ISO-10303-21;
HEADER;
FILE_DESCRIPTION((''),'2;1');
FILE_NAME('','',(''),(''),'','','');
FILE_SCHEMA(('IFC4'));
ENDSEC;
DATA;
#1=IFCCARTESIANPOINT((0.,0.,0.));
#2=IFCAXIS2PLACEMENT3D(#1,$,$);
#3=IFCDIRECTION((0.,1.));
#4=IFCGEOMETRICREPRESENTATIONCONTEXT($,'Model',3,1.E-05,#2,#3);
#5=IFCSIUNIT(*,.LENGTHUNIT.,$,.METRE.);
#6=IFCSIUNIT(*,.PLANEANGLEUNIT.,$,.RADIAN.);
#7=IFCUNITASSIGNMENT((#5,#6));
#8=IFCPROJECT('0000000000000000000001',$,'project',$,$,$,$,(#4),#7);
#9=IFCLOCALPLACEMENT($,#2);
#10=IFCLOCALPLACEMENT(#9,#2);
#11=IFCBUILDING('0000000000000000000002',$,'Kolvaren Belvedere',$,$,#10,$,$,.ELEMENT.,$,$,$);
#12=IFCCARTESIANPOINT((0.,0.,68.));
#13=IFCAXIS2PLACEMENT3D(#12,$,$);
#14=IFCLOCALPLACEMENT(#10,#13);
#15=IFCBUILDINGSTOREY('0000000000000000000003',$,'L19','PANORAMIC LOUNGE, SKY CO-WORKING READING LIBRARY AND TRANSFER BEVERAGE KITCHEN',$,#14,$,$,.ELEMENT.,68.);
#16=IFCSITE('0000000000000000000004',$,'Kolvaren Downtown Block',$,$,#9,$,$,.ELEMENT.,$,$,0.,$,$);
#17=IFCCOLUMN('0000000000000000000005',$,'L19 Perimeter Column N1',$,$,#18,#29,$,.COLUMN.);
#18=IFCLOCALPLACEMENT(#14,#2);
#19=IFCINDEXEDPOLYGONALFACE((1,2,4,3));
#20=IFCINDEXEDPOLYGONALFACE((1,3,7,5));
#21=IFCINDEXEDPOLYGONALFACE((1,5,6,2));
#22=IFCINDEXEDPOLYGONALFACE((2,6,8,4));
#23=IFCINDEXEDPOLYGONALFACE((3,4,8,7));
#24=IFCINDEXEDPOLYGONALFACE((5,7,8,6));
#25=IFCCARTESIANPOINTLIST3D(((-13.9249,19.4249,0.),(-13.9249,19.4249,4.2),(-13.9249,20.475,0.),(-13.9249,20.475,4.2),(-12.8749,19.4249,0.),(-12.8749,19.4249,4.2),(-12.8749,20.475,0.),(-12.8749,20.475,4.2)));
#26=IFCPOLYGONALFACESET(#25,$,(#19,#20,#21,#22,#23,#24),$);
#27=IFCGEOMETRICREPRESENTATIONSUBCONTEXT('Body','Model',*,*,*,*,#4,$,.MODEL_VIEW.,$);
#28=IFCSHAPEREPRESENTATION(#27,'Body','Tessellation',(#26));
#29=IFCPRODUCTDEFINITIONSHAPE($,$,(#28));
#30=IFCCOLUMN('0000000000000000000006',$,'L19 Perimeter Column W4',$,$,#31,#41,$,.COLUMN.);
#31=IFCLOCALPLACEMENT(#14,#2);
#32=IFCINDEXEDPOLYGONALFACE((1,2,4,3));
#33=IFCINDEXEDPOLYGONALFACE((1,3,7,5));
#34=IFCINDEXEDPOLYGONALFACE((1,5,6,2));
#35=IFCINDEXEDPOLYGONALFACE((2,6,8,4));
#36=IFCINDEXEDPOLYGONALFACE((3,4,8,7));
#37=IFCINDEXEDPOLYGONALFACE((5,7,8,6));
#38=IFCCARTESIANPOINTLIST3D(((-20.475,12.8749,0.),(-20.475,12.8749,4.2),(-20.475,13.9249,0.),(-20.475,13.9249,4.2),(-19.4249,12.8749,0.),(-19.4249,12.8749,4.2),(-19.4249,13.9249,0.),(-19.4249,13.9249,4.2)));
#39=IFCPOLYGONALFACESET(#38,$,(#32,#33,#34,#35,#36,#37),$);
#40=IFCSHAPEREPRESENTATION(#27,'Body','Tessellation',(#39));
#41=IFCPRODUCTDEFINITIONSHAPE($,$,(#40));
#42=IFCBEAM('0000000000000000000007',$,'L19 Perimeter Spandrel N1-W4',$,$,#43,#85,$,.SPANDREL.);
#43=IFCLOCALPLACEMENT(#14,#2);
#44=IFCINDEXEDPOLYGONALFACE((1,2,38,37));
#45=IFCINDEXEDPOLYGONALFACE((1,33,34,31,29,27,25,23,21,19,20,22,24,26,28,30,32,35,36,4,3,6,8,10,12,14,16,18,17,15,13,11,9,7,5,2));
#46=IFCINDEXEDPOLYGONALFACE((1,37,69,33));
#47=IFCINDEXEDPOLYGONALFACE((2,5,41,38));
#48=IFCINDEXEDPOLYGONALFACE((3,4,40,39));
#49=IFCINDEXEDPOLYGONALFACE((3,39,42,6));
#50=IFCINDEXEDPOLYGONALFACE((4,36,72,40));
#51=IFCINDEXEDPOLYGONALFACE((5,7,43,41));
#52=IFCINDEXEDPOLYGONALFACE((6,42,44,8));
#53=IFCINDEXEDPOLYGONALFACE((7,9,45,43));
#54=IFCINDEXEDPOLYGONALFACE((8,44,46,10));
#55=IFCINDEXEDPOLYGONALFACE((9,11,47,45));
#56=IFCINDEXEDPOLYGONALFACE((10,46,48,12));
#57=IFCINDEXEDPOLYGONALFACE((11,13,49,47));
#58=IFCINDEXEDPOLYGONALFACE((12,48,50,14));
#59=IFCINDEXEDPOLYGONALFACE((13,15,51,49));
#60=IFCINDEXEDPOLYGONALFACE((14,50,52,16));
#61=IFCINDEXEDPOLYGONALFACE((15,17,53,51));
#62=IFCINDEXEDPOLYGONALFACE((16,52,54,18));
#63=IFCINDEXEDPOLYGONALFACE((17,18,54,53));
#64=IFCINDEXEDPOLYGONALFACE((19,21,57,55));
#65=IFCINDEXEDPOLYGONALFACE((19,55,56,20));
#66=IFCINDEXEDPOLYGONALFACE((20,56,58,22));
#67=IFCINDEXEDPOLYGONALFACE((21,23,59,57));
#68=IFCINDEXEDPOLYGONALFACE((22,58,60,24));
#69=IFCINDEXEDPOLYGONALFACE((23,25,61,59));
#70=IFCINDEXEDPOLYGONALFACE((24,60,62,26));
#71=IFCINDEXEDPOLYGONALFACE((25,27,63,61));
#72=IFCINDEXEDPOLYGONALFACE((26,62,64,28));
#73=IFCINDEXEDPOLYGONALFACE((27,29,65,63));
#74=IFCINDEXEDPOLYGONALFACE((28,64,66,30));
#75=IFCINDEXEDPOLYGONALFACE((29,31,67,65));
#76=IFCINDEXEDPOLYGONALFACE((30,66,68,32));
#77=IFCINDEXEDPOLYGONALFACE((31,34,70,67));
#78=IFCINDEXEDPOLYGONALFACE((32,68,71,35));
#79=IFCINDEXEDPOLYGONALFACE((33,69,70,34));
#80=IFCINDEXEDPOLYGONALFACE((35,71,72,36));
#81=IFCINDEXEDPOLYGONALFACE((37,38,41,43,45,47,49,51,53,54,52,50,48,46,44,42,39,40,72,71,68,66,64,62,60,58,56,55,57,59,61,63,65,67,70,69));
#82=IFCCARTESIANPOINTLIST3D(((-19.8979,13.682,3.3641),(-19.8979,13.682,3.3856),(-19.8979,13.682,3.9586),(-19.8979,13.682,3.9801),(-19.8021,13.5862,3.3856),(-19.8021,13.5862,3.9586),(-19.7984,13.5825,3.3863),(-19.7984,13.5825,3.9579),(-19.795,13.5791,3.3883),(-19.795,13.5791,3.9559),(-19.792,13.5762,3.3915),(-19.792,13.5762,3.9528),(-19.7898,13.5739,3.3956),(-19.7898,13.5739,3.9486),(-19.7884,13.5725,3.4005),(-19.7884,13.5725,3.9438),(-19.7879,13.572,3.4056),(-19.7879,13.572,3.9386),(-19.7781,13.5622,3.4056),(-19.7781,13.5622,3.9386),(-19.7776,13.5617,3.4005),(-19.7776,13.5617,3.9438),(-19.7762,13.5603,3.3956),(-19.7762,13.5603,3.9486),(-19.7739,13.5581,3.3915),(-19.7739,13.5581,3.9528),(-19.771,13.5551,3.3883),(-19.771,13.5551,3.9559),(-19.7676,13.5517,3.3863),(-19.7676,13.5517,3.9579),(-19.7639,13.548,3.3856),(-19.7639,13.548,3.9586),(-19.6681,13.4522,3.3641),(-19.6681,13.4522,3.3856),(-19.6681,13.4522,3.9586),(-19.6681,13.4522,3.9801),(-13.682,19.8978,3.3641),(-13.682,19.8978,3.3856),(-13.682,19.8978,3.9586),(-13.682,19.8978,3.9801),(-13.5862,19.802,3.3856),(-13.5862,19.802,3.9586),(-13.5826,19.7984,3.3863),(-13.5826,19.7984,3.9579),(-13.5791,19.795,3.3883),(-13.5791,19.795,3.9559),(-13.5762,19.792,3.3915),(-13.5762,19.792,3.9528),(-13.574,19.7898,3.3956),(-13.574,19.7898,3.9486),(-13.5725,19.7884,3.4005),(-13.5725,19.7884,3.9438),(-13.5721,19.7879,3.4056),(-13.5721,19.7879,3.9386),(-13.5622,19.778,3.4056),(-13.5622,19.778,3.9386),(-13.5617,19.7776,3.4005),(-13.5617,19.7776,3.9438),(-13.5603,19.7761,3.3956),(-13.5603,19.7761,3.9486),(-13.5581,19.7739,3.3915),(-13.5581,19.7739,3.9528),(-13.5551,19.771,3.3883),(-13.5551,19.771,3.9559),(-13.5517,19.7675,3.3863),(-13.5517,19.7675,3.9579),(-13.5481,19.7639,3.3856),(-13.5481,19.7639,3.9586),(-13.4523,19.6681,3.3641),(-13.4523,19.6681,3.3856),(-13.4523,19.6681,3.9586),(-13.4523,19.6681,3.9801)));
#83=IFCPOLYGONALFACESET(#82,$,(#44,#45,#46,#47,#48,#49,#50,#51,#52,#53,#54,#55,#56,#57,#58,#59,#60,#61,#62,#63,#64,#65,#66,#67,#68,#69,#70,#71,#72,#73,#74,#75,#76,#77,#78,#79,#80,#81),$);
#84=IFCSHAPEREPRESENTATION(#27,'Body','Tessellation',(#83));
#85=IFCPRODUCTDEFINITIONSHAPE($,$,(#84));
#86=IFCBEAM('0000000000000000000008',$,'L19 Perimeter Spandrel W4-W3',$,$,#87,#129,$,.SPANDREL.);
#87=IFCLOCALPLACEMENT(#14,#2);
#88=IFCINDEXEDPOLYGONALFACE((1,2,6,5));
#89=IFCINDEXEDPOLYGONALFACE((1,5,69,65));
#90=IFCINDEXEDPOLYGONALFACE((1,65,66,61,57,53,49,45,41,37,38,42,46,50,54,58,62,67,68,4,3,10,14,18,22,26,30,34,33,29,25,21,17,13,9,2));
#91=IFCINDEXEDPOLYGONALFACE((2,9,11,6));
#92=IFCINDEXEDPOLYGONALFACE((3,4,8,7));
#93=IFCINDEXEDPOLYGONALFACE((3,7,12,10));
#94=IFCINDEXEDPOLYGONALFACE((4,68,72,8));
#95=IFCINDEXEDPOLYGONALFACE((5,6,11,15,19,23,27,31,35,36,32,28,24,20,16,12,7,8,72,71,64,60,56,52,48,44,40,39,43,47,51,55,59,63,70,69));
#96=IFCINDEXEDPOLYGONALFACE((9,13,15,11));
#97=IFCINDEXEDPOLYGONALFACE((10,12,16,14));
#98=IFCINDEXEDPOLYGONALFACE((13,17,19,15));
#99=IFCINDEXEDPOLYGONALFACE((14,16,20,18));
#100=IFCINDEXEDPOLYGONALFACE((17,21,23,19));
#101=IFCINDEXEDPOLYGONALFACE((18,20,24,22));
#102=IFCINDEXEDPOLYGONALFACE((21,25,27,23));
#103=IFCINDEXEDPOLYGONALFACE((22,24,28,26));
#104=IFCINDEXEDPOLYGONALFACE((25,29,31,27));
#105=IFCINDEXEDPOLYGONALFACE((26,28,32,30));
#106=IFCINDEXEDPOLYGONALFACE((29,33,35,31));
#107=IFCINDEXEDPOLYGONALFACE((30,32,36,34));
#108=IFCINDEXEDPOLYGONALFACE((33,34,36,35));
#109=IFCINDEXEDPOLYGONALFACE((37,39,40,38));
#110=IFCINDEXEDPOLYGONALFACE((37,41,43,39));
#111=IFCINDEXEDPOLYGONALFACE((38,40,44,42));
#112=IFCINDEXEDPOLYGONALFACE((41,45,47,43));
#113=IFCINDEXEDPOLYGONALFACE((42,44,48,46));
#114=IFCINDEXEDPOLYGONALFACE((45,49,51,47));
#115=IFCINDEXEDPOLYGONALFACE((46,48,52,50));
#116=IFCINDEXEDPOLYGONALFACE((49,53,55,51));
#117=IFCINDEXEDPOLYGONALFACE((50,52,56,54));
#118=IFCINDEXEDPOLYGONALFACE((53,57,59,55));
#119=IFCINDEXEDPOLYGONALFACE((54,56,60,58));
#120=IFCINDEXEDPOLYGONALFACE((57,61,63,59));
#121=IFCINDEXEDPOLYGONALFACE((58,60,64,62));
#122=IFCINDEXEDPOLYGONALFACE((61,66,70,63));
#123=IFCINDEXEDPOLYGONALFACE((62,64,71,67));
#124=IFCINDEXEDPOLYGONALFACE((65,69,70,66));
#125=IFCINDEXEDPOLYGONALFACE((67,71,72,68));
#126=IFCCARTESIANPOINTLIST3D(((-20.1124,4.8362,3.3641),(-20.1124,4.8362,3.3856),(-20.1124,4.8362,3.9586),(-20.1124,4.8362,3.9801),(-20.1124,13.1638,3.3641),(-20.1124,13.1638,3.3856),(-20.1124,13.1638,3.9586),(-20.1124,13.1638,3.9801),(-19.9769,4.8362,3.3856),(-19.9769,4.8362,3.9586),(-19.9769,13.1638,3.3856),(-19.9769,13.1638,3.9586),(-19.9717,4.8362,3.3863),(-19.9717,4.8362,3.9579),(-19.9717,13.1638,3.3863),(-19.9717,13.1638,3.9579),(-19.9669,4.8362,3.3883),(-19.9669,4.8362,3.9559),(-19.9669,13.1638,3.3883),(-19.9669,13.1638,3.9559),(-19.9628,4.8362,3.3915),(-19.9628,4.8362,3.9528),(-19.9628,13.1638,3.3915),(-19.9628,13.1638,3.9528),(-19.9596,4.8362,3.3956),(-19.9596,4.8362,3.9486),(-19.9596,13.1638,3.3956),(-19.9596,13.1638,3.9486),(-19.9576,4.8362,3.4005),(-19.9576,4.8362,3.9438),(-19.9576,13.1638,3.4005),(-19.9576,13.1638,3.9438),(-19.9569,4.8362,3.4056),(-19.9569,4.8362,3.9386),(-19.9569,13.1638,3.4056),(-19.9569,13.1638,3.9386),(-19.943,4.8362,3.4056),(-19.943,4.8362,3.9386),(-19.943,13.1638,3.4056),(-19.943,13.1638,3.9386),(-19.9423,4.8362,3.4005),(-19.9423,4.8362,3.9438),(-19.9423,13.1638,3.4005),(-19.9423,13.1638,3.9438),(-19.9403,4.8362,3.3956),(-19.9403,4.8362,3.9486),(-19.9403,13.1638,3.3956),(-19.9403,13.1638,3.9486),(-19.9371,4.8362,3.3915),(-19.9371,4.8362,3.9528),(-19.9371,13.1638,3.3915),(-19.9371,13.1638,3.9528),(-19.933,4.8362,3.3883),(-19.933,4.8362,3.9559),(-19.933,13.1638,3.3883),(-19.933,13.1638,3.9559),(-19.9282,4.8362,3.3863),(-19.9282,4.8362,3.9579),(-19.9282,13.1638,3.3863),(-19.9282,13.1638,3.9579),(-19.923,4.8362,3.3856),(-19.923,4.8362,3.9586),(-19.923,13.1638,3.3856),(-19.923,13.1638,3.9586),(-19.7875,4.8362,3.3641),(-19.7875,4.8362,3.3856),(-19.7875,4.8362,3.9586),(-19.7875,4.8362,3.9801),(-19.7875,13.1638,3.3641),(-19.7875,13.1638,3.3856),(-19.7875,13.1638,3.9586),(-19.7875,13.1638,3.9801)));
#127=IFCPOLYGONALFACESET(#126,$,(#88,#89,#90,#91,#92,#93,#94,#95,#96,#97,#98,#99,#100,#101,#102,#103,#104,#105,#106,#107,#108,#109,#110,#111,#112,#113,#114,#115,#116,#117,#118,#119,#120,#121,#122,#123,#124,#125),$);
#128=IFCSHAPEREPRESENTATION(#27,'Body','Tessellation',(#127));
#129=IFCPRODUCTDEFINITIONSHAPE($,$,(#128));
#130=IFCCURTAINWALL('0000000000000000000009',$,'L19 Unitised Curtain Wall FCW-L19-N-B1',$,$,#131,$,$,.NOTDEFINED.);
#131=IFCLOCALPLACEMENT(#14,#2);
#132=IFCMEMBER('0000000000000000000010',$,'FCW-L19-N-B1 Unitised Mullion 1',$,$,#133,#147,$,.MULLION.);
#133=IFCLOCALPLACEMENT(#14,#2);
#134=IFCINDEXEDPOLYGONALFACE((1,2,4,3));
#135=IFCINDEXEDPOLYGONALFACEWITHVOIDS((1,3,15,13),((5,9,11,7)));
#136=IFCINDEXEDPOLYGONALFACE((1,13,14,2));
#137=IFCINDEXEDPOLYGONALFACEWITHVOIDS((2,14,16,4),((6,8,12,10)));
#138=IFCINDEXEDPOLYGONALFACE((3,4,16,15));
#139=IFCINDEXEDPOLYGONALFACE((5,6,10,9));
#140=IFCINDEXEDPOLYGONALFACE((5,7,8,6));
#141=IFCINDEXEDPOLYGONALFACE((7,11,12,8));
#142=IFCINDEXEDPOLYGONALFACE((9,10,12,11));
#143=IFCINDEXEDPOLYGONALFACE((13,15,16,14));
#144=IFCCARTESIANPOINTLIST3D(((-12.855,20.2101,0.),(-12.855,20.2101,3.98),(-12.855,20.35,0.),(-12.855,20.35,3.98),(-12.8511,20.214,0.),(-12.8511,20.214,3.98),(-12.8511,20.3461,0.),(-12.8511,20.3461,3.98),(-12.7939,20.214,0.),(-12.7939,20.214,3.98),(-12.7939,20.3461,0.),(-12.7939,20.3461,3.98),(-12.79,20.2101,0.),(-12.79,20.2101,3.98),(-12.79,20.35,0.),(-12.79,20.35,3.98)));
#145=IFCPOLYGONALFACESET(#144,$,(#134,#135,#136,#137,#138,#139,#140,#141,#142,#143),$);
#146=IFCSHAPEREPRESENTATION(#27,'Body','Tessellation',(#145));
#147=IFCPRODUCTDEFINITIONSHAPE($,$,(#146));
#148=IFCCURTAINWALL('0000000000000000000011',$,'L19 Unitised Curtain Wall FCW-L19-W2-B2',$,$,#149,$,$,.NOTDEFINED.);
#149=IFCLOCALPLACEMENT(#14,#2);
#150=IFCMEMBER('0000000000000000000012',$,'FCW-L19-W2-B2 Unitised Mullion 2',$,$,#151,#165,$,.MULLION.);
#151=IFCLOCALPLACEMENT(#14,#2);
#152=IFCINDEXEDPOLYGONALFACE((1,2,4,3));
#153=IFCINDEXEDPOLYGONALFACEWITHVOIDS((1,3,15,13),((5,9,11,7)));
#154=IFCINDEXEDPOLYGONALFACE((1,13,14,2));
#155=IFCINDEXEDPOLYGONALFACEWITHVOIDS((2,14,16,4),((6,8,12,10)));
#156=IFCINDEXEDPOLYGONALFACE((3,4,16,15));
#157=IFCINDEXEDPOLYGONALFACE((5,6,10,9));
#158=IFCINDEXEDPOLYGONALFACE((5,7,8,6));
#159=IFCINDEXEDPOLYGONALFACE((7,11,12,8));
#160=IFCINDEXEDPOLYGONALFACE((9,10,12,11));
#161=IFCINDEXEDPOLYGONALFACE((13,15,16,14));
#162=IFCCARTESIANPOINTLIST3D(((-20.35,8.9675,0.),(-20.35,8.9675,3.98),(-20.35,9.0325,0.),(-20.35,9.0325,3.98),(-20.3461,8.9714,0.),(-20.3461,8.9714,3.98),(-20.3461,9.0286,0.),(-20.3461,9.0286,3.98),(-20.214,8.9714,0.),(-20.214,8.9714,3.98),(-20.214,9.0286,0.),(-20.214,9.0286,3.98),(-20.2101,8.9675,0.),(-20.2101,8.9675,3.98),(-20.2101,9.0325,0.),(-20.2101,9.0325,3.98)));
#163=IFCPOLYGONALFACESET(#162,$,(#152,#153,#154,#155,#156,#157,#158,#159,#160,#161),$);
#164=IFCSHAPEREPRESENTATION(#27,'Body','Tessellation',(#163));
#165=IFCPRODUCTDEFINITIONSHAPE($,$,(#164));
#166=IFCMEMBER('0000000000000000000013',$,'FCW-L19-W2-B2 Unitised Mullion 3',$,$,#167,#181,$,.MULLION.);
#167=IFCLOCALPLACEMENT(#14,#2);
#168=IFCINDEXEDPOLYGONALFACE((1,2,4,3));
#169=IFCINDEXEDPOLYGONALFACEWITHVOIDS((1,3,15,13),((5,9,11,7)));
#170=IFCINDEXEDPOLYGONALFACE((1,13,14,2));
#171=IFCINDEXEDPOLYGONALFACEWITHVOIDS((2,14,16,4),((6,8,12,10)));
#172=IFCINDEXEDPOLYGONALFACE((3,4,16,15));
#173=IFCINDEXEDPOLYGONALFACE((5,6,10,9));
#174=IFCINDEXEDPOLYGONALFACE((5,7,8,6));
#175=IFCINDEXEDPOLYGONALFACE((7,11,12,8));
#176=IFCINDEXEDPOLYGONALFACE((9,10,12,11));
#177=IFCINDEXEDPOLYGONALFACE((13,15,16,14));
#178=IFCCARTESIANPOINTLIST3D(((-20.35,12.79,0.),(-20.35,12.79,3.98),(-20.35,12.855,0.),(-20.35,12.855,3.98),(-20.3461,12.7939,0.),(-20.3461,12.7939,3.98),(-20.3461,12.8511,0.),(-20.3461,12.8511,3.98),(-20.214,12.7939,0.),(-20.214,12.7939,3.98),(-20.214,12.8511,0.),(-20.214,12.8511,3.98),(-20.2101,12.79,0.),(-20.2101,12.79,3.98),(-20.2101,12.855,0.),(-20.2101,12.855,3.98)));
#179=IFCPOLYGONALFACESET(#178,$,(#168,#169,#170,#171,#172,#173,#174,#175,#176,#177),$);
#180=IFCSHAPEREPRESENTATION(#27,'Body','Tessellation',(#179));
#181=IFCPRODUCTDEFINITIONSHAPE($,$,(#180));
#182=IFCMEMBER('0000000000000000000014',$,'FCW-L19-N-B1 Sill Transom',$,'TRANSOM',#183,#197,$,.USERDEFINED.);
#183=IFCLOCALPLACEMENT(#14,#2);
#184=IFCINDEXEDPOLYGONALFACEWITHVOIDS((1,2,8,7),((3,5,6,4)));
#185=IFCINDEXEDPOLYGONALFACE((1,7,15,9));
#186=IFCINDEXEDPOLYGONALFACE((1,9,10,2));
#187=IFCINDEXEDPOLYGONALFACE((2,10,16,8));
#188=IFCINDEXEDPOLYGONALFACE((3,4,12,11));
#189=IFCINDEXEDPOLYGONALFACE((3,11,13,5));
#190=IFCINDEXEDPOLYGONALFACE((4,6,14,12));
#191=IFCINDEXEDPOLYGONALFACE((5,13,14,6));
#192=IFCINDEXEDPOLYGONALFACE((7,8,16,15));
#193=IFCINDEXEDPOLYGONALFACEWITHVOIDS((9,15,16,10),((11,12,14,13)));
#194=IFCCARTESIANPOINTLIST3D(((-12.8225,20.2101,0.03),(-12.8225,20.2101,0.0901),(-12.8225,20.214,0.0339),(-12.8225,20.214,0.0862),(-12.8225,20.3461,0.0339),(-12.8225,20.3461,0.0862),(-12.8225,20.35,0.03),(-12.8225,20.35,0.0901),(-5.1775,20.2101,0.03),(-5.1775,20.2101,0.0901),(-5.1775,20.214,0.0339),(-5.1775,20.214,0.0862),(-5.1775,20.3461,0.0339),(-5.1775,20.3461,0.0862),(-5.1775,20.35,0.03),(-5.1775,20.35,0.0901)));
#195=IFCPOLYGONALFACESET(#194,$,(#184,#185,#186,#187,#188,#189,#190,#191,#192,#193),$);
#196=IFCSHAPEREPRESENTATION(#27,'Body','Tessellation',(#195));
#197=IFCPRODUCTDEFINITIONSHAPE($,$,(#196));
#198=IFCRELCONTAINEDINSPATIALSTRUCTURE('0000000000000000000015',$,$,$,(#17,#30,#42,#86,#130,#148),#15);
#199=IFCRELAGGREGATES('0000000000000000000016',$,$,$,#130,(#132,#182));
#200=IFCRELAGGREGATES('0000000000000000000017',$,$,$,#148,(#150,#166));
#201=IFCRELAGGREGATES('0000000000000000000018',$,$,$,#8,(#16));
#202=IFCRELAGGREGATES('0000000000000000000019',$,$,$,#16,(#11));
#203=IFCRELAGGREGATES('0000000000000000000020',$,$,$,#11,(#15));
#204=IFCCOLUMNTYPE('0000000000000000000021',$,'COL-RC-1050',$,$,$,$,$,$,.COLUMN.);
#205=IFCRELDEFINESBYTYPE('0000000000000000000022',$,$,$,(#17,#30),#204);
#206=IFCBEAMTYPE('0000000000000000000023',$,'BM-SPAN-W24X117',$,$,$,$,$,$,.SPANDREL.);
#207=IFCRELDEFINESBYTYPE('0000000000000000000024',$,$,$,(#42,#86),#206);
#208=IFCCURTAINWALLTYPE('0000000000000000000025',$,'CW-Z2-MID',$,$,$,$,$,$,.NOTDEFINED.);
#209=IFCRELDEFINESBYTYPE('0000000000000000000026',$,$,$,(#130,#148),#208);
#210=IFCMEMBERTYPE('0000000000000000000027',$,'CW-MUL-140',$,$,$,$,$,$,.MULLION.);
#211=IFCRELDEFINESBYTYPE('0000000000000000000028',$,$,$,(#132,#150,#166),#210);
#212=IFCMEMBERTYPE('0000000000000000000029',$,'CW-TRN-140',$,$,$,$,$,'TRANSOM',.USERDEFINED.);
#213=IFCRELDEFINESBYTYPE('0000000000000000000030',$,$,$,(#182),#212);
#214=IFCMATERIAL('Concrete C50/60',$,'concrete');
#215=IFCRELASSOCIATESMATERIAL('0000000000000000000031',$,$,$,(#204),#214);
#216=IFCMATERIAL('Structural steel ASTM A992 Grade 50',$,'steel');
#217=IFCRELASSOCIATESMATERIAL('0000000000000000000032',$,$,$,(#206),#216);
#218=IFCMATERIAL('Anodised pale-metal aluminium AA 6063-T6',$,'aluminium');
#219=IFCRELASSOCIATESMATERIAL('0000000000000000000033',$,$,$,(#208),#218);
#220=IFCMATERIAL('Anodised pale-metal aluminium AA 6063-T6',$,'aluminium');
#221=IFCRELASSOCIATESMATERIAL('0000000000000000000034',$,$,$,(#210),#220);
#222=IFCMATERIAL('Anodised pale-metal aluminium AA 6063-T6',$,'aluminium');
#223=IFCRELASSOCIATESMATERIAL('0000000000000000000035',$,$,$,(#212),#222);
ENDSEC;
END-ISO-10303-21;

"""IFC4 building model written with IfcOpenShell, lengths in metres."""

from ifc_helpers import new_model, si_unit, direction, frame, origin, origin_2d, place, context, subcontext, project, spatial, rectangle, hollow_rectangle, i_section, extrude, material, material_profile, profile_set, type_object, element, aggregate, save


model = new_model("IFC4")

# Units and contexts
model_context = context("Model", 3, precision=1e-05, world=origin(), true_north=direction((0.0, 1.0)))
body_context = subcontext(model_context, "Body", "Model", "MODEL_VIEW")
ifc_project = project(units=[si_unit("LENGTHUNIT", "METRE"), si_unit("PLANEANGLEUNIT", "RADIAN")], contexts=[model_context])

# Site, building, storey
site_placement = place(None, origin())
site = spatial("IfcSite", under=ifc_project, at=site_placement, Name="Kolvaren Downtown Block", CompositionType="ELEMENT", RefElevation=0.0)
building_placement = place(site_placement, origin())
building = spatial("IfcBuilding", under=site, at=building_placement, Name="Kolvaren Belvedere", CompositionType="ELEMENT")
storey_placement = place(building_placement, frame((0.0, 0.0, 68.0)))
storey = spatial("IfcBuildingStorey", under=building, at=storey_placement, Name="L19", Description="PANORAMIC LOUNGE, SKY CO-WORKING READING LIBRARY AND TRANSFER BEVERAGE KITCHEN", CompositionType="ELEMENT", Elevation=68.0)

# Columns
ifc_material_1 = material(Name="Concrete C50/60", Category="concrete")
ifc_material_profile_1 = material_profile(ifc_material_1, rectangle(XDim=1.05, YDim=1.05, at=origin_2d()), Name="RC 1050X1050")
ifc_profile_set_1 = profile_set([ifc_material_profile_1], Name="Concrete C50/60")
column_type = type_object("IfcColumnType", Name="COL-RC-1050", PredefinedType="COLUMN", material=ifc_profile_set_1)
for number, where, z_axis, x_axis, name in (
    (1, (-13.3999, 19.95, 0.0), (0.0, 0.0, 1.0), (1.0, 0.0, 0.0), "L19 Perimeter Column N1"),
    (2, (-19.95, 13.3999, 0.0), (0.0, 0.0, 1.0), (1.0, 0.0, 0.0), "L19 Perimeter Column W4"),
):
    element("IfcColumn", number, at=place(storey_placement, frame(where, z_axis=z_axis, x_axis=x_axis)), inside=storey, type_object=column_type, Name=name, PredefinedType="COLUMN", context=body_context, shape_type="SweptSolid", body=[
        extrude(rectangle(XDim=1.05, YDim=1.05, at=origin_2d()), origin(), (0.0, 0.0, 1.0), 4.2),
    ])

# Beams
ifc_material_2 = material(Name="Structural steel ASTM A992 Grade 50", Category="steel")
ifc_material_profile_2 = material_profile(ifc_material_2, i_section(OverallWidth=0.325, OverallDepth=0.616, WebThickness=0.0139, FlangeThickness=0.0215, FilletRadius=0.02, at=origin_2d()), Name="W24X117")
ifc_profile_set_2 = profile_set([ifc_material_profile_2], Name="Structural steel ASTM A992 Grade 50")
beam_type = type_object("IfcBeamType", Name="BM-SPAN-W24X117", PredefinedType="SPANDREL", material=ifc_profile_set_2)
beam_1_placement = place(storey_placement, frame((-13.5671, 19.783, 3.6721), z_axis=(-0.707107, -0.707107, 0.0), x_axis=(0.707107, -0.707107, 0.0)))
element("IfcBeam", 3, at=beam_1_placement, inside=storey, type_object=beam_type, Name="L19 Perimeter Spandrel N1-W4", PredefinedType="SPANDREL", context=body_context, shape_type="SweptSolid", body=[
    extrude(i_section(OverallWidth=0.325, OverallDepth=0.616, WebThickness=0.0139, FlangeThickness=0.0215, FilletRadius=0.02, at=origin_2d()), origin(), (0.0, 0.0, 1.0), 8.7905),
])
beam_2_placement = place(storey_placement, frame((-19.95, 13.1638, 3.6721), z_axis=(0.0, -1.0, 0.0), x_axis=(1.0, 0.0, 0.0)))
element("IfcBeam", 4, at=beam_2_placement, inside=storey, type_object=beam_type, Name="L19 Perimeter Spandrel W4-W3", PredefinedType="SPANDREL", context=body_context, shape_type="SweptSolid", body=[
    extrude(i_section(OverallWidth=0.325, OverallDepth=0.616, WebThickness=0.0139, FlangeThickness=0.0215, FilletRadius=0.02, at=origin_2d()), origin(), (0.0, 0.0, 1.0), 8.3276),
])

# Curtain wall, member
ifc_material_3 = material(Name="Anodised pale-metal aluminium AA 6063-T6", Category="aluminium")
curtain_wall_type = type_object("IfcCurtainWallType", Name="CW-Z2-MID", PredefinedType="NOTDEFINED", material=ifc_material_3)
curtain_wall_1_placement = place(storey_placement, origin())
curtain_wall_1 = element("IfcCurtainWall", 5, at=curtain_wall_1_placement, inside=storey, type_object=curtain_wall_type, Name="L19 Unitised Curtain Wall FCW-L19-N-B1", PredefinedType="NOTDEFINED")
ifc_material_4 = material(Name="Anodised pale-metal aluminium AA 6063-T6", Category="aluminium")
ifc_material_profile_3 = material_profile(ifc_material_4, hollow_rectangle(XDim=0.0649, YDim=0.1399, WallThickness=0.0039, at=origin_2d()), Name="ALU-MUL-140X65")
ifc_profile_set_3 = profile_set([ifc_material_profile_3], Name="Anodised pale-metal aluminium AA 6063-T6")
member_type_1 = type_object("IfcMemberType", Name="CW-MUL-140", PredefinedType="MULLION", material=ifc_profile_set_3)
member_1_placement = place(storey_placement, frame((-12.8225, 20.28, 0.0), z_axis=(0.0, 0.0, 1.0), x_axis=(1.0, 0.0, 0.0)))
member_1 = element("IfcMember", 6, at=member_1_placement, type_object=member_type_1, Name="FCW-L19-N-B1 Unitised Mullion 1", PredefinedType="MULLION", context=body_context, shape_type="SweptSolid", body=[
    extrude(hollow_rectangle(XDim=0.0649, YDim=0.1399, WallThickness=0.0039, at=origin_2d()), origin(), (0.0, 0.0, 1.0), 3.98),
])

# Curtain wall, members
curtain_wall_2_placement = place(storey_placement, origin())
curtain_wall_2 = element("IfcCurtainWall", 7, at=curtain_wall_2_placement, inside=storey, type_object=curtain_wall_type, Name="L19 Unitised Curtain Wall FCW-L19-W2-B2", PredefinedType="NOTDEFINED")
member_2_placement = place(storey_placement, frame((-20.28, 9.0, 0.0), z_axis=(0.0, 0.0, 1.0), x_axis=(0.0, 1.0, 0.0)))
member_2 = element("IfcMember", 8, at=member_2_placement, type_object=member_type_1, Name="FCW-L19-W2-B2 Unitised Mullion 2", PredefinedType="MULLION", context=body_context, shape_type="SweptSolid", body=[
    extrude(hollow_rectangle(XDim=0.0649, YDim=0.1399, WallThickness=0.0039, at=origin_2d()), origin(), (0.0, 0.0, 1.0), 3.98),
])
member_3_placement = place(storey_placement, frame((-20.28, 12.8225, 0.0), z_axis=(0.0, 0.0, 1.0), x_axis=(0.0, 1.0, 0.0)))
member_3 = element("IfcMember", 9, at=member_3_placement, type_object=member_type_1, Name="FCW-L19-W2-B2 Unitised Mullion 3", PredefinedType="MULLION", context=body_context, shape_type="SweptSolid", body=[
    extrude(hollow_rectangle(XDim=0.0649, YDim=0.1399, WallThickness=0.0039, at=origin_2d()), origin(), (0.0, 0.0, 1.0), 3.98),
])

# Member
ifc_material_5 = material(Name="Anodised pale-metal aluminium AA 6063-T6", Category="aluminium")
ifc_material_profile_4 = material_profile(ifc_material_5, hollow_rectangle(XDim=0.0601, YDim=0.1399, WallThickness=0.0039, at=origin_2d()), Name="ALU-TRN-140X60")
ifc_profile_set_4 = profile_set([ifc_material_profile_4], Name="Anodised pale-metal aluminium AA 6063-T6")
member_type_2 = type_object("IfcMemberType", Name="CW-TRN-140", ElementType="TRANSOM", PredefinedType="USERDEFINED", material=ifc_profile_set_4)
member_4_placement = place(storey_placement, frame((-12.8225, 20.28, 0.0601), z_axis=(1.0, 0.0, 0.0), x_axis=(0.0, 0.0, 1.0)))
member_4 = element("IfcMember", 10, at=member_4_placement, type_object=member_type_2, Name="FCW-L19-N-B1 Sill Transom", ObjectType="TRANSOM", PredefinedType="USERDEFINED", context=body_context, shape_type="SweptSolid", body=[
    extrude(hollow_rectangle(XDim=0.0601, YDim=0.1399, WallThickness=0.0039, at=origin_2d()), origin(), (0.0, 0.0, 1.0), 7.645),
])
aggregate(curtain_wall_1, [member_1, member_4])

aggregate(curtain_wall_2, [member_2, member_3])

save(model, "model.ifc")
